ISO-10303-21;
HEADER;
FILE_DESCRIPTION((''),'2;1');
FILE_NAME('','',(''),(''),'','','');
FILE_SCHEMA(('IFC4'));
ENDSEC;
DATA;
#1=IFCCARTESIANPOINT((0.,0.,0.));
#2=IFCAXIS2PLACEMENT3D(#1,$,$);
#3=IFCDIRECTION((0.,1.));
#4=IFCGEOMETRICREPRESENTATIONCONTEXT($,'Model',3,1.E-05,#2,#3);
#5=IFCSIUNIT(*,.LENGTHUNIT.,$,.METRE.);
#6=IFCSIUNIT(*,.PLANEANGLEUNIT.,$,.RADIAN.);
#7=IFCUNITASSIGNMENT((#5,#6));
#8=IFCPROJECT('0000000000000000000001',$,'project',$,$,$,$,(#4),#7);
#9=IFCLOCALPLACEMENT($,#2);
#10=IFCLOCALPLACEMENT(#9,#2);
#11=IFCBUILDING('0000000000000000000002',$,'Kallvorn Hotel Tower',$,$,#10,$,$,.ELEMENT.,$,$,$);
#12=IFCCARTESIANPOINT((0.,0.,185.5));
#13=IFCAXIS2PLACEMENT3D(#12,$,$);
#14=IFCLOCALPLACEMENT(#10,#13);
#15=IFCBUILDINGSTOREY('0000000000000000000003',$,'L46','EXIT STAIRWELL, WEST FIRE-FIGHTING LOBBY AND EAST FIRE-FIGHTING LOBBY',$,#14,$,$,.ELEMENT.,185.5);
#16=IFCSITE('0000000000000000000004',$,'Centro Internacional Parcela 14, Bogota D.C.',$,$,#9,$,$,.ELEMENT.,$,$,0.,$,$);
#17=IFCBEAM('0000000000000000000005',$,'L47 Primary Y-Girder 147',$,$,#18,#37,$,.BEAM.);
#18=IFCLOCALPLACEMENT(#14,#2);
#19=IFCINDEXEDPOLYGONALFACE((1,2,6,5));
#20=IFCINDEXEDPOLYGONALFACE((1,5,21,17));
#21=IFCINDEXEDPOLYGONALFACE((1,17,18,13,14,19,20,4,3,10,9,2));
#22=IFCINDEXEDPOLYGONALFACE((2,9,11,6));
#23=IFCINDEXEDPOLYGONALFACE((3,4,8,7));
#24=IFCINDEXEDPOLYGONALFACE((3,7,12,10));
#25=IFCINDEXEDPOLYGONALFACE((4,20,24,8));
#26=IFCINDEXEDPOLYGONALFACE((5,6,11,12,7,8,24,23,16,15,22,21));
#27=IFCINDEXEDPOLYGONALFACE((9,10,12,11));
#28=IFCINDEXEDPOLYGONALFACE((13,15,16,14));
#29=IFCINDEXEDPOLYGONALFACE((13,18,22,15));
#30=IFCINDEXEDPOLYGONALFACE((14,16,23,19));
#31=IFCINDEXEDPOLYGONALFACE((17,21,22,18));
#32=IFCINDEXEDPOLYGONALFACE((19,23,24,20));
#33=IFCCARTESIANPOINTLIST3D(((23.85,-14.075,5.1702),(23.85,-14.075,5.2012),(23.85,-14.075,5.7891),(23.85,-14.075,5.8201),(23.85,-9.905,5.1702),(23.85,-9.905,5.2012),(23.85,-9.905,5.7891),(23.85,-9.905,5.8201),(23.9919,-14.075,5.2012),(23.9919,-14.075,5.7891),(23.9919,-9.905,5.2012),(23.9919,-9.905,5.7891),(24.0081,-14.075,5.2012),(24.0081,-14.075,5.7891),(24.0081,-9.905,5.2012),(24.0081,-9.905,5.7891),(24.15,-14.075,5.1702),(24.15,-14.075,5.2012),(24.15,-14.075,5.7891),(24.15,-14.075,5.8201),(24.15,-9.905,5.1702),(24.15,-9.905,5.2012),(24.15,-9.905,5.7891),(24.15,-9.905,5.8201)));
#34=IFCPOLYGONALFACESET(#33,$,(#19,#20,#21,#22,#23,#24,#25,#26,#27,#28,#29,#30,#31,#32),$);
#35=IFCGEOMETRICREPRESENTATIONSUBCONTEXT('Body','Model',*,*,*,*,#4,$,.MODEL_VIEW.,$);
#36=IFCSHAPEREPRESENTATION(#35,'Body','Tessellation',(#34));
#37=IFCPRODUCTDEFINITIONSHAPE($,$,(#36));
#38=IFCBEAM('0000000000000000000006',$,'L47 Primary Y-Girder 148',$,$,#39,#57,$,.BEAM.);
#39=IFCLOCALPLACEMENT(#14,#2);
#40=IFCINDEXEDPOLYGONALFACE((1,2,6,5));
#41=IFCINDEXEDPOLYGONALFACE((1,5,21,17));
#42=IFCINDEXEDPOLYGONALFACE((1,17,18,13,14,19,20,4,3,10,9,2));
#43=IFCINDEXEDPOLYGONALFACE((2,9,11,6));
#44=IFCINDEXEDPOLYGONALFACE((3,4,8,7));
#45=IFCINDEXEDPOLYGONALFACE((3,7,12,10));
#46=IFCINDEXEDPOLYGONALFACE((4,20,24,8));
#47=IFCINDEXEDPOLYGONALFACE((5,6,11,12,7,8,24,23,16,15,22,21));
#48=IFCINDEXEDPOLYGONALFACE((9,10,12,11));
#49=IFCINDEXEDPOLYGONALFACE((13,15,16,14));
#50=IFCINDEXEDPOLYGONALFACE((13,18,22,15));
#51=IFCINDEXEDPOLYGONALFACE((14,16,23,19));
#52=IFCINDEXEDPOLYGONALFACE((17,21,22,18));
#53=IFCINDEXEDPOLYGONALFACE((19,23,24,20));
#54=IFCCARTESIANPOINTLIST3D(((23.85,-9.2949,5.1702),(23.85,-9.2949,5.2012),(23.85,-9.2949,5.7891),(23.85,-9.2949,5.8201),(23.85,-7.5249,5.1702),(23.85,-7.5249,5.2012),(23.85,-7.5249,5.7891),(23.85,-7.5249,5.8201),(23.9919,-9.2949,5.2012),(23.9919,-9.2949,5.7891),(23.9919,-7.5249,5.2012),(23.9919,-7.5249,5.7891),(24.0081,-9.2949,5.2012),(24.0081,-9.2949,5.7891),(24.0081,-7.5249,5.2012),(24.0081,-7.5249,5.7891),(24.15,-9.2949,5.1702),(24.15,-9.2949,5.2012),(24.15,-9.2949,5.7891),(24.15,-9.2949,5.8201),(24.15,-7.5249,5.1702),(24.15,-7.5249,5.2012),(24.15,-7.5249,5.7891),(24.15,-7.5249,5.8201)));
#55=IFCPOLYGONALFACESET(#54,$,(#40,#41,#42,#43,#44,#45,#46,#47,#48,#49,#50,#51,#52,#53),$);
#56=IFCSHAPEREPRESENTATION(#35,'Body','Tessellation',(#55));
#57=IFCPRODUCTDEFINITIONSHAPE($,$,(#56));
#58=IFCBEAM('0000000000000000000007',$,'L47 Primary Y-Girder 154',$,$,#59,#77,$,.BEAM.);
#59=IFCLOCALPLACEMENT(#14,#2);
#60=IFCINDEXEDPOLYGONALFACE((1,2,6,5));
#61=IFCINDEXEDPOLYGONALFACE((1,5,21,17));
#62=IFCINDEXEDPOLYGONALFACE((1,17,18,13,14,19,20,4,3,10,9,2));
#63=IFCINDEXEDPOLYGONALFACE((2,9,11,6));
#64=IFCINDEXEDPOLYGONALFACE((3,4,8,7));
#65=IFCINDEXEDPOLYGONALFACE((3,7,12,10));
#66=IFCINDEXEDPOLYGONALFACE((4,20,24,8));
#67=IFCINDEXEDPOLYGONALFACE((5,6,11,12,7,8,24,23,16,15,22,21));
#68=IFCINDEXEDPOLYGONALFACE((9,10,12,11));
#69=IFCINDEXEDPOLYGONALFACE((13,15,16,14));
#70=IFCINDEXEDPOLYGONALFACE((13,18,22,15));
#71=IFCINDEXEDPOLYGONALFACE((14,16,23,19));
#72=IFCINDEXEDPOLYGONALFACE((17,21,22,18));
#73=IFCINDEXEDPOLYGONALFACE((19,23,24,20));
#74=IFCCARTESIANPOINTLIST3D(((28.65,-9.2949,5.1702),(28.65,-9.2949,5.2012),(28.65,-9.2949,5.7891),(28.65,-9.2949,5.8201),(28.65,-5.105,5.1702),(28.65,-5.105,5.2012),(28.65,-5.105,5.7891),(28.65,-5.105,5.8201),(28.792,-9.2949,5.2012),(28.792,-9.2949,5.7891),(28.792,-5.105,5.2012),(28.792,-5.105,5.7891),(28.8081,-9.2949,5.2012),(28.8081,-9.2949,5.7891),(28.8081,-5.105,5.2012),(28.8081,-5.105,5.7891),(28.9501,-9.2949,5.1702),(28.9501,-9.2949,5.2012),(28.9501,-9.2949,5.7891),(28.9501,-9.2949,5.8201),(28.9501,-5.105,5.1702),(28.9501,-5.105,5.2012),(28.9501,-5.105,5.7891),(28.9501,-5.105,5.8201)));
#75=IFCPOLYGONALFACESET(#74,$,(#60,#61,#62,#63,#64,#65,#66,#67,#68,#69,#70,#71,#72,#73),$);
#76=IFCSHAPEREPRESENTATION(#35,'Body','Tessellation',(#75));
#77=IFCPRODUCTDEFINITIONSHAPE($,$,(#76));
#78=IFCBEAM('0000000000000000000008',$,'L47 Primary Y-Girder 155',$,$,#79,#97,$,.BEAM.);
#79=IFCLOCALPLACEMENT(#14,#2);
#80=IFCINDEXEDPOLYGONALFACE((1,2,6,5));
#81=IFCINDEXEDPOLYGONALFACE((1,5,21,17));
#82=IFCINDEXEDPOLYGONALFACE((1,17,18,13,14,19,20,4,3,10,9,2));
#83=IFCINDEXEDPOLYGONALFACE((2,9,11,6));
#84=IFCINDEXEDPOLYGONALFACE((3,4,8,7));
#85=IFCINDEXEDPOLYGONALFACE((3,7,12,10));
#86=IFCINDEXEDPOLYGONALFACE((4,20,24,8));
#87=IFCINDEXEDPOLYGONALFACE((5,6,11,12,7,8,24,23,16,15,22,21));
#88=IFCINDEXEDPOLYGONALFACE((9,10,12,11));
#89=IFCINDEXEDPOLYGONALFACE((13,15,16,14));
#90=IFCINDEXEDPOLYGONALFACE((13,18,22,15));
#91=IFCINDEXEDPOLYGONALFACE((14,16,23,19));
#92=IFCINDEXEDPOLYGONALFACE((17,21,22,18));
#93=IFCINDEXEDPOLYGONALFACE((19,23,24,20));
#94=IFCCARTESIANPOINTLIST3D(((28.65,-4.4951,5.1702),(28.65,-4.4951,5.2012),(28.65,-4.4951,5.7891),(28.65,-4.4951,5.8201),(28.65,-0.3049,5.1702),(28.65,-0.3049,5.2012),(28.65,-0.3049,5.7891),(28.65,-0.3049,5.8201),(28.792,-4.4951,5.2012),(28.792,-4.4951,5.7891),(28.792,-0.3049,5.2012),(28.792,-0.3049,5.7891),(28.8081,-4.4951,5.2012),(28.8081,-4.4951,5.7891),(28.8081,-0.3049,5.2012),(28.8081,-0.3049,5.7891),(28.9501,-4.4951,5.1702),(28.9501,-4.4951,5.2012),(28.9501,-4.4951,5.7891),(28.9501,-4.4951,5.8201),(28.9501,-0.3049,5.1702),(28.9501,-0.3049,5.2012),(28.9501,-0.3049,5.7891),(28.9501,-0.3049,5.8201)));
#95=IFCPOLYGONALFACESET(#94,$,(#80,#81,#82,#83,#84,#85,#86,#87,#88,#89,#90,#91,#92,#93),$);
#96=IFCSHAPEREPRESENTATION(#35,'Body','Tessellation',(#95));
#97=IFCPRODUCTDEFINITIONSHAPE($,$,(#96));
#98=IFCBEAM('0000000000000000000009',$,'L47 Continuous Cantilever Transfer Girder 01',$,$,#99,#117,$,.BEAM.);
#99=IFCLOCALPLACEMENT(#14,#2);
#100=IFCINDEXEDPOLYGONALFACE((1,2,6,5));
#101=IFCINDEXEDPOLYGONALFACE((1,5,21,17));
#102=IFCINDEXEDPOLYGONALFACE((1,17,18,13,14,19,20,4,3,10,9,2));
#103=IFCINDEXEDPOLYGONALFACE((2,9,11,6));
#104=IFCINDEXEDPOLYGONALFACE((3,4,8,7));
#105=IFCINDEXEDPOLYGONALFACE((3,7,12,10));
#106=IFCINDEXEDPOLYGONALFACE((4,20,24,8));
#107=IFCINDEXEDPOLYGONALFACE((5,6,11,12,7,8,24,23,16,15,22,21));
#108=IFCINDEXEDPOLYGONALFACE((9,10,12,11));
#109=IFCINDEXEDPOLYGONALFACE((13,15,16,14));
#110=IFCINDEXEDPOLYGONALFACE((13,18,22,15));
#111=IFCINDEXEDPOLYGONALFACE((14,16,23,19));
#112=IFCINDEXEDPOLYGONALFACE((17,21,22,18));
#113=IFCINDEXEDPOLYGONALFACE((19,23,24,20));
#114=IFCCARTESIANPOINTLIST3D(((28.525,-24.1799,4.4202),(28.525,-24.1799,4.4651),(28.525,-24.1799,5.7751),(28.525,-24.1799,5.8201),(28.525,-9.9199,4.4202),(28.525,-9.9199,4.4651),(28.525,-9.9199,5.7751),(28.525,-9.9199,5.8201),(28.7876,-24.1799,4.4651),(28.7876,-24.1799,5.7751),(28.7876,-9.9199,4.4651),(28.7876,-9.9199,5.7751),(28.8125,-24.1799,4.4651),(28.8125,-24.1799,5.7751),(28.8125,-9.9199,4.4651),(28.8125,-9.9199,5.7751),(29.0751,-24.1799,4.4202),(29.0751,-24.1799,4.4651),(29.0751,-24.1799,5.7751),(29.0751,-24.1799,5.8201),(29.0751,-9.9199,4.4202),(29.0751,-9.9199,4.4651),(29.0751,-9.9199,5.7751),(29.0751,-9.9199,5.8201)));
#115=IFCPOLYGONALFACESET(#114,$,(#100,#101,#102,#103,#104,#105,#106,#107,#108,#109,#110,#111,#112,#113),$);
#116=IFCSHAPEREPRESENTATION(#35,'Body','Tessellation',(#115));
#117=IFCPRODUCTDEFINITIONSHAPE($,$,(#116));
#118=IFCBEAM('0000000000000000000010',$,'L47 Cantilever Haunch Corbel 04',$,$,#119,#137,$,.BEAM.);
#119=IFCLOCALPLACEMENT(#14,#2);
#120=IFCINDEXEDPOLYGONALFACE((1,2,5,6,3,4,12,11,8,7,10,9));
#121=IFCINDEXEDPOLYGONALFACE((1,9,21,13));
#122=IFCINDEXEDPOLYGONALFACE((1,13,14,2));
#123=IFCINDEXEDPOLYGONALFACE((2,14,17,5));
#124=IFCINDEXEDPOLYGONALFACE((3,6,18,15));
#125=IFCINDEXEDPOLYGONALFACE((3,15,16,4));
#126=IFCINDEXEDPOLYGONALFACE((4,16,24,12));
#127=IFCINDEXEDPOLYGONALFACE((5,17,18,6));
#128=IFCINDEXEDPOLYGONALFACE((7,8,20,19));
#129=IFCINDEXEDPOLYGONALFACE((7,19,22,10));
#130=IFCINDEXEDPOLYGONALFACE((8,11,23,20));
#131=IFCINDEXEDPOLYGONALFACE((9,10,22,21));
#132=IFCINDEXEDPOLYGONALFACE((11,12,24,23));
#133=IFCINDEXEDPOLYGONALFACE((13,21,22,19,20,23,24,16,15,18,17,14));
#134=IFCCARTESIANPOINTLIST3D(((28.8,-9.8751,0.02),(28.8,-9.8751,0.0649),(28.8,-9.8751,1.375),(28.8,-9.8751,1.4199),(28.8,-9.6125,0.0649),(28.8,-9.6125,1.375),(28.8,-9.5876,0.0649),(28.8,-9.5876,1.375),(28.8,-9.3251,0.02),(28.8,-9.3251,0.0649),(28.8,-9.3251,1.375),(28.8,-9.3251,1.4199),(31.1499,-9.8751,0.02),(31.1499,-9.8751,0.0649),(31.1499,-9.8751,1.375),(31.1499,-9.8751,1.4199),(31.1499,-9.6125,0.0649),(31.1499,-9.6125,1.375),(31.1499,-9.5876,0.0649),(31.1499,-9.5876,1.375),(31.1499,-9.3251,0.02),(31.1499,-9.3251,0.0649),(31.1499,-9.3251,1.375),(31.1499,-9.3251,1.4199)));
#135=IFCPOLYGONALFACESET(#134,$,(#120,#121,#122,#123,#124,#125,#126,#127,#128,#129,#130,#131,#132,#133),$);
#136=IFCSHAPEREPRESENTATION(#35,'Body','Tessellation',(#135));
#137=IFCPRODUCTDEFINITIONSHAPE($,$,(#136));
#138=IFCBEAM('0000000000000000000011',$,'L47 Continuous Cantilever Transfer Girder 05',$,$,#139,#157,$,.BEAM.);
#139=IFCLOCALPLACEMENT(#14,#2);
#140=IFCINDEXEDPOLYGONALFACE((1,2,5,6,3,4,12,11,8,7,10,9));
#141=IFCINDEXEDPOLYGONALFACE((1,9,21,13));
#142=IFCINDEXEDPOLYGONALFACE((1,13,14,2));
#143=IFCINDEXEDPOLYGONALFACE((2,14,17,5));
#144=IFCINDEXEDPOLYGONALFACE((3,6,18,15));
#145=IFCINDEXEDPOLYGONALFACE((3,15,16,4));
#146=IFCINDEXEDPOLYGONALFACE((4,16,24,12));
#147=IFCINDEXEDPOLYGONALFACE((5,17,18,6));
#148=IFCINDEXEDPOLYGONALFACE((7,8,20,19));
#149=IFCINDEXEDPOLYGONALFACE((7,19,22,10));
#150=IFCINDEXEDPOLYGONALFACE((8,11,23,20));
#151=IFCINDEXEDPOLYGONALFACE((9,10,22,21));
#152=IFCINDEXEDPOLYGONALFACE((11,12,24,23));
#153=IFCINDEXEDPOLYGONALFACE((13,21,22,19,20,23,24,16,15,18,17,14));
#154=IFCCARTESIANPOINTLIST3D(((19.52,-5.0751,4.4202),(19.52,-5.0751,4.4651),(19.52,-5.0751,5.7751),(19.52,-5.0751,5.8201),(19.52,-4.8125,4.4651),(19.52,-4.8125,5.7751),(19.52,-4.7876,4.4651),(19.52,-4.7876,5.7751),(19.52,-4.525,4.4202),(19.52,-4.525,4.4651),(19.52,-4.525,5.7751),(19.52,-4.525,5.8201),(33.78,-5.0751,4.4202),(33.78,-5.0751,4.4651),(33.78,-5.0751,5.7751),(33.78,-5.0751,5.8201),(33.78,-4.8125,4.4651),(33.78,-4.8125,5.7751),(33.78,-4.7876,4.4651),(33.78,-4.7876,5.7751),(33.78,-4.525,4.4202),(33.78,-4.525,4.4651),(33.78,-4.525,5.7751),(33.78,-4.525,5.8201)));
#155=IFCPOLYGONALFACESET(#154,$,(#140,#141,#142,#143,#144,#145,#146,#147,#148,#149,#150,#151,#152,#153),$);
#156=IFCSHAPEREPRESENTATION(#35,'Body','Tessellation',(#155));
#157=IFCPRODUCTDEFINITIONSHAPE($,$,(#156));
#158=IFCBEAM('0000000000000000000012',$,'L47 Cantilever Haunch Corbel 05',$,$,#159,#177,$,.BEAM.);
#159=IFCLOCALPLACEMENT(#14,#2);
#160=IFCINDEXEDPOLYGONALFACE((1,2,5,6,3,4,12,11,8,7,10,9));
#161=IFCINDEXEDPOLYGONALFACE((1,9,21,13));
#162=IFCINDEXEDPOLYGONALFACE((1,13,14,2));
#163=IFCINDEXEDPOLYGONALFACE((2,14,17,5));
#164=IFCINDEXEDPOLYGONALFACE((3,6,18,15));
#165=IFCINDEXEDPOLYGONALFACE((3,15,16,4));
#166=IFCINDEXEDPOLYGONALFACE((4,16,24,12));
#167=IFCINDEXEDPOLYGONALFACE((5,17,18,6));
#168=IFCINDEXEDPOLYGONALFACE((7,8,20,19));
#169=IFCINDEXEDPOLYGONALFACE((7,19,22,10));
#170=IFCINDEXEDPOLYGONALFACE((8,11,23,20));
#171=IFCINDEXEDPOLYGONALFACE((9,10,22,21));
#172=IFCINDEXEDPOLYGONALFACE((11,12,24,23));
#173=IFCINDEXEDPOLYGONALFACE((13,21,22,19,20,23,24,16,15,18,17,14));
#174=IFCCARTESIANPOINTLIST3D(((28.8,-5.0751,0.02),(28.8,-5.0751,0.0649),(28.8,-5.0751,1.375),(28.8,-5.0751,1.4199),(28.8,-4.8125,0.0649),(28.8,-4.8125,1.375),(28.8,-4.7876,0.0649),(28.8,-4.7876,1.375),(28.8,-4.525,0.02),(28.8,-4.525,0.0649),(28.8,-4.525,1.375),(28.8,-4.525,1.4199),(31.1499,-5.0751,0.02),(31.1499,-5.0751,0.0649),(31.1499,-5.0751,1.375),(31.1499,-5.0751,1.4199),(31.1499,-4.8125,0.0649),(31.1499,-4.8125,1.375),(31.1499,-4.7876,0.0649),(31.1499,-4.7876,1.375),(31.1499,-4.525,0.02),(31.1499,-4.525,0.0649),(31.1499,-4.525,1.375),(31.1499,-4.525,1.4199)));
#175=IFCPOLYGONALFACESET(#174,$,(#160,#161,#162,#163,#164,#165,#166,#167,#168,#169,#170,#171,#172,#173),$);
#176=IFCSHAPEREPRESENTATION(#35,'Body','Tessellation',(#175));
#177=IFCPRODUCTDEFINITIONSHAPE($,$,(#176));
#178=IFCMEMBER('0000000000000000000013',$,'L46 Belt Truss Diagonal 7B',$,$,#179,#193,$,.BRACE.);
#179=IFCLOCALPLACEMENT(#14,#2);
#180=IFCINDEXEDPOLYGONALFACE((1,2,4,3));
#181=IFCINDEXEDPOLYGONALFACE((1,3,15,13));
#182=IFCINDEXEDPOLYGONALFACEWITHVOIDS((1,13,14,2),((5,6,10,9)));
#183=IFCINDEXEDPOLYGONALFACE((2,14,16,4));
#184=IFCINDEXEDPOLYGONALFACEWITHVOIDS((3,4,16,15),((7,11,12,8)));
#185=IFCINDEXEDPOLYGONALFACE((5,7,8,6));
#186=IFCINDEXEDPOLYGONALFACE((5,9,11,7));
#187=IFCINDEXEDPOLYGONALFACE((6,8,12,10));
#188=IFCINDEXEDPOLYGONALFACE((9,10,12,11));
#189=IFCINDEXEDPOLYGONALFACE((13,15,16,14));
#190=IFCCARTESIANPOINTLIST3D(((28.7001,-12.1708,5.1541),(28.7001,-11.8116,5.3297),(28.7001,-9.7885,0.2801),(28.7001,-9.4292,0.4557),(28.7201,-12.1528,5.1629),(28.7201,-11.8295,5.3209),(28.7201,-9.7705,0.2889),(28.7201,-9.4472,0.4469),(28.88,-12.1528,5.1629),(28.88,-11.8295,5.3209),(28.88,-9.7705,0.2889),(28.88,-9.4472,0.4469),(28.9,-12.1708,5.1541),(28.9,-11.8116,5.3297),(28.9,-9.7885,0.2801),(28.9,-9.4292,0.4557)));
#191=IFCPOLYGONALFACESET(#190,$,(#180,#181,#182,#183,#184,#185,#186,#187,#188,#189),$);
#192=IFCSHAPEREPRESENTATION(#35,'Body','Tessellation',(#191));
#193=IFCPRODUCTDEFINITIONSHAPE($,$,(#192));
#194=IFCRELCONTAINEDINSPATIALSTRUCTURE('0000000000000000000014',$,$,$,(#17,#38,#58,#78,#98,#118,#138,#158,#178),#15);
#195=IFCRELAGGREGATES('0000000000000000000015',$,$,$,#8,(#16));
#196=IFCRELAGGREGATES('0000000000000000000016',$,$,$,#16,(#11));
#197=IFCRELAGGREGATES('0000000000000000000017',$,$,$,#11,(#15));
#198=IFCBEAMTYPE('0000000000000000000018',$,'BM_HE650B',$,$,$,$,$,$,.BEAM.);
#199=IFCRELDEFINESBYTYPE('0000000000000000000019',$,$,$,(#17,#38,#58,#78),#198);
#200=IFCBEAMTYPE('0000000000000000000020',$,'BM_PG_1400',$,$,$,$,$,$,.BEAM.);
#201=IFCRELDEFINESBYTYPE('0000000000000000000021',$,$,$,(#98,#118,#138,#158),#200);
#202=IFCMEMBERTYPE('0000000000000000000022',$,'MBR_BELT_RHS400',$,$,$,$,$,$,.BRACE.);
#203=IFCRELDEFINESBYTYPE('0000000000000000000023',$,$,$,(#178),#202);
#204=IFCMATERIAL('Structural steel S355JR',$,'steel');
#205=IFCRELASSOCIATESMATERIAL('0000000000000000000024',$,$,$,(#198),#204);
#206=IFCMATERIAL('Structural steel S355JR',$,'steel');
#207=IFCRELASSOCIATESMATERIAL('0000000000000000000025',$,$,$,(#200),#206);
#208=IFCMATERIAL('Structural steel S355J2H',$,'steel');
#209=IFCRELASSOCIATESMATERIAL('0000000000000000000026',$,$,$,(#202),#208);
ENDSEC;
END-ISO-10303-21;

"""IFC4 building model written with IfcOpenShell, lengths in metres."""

from ifc_helpers import new_model, si_unit, direction, frame, origin, origin_2d, place, context, subcontext, project, spatial, hollow_rectangle, i_section, extrude, material, material_profile, profile_set, type_object, element, save


model = new_model("IFC4")

# Units and contexts
model_context = context("Model", 3, precision=1e-05, world=origin(), true_north=direction((0.0, 1.0)))
body_context = subcontext(model_context, "Body", "Model", "MODEL_VIEW")
ifc_project = project(units=[si_unit("LENGTHUNIT", "METRE"), si_unit("PLANEANGLEUNIT", "RADIAN")], contexts=[model_context])

# Site, building, storey
site_placement = place(None, origin())
site = spatial("IfcSite", under=ifc_project, at=site_placement, Name="Centro Internacional Parcela 14, Bogota D.C.", CompositionType="ELEMENT", RefElevation=0.0)
building_placement = place(site_placement, origin())
building = spatial("IfcBuilding", under=site, at=building_placement, Name="Kallvorn Hotel Tower", CompositionType="ELEMENT")
storey_placement = place(building_placement, frame((0.0, 0.0, 185.5)))
storey = spatial("IfcBuildingStorey", under=building, at=storey_placement, Name="L46", Description="EXIT STAIRWELL, WEST FIRE-FIGHTING LOBBY AND EAST FIRE-FIGHTING LOBBY", CompositionType="ELEMENT", Elevation=185.5)

# Beams
ifc_material_1 = material(Name="Structural steel S355JR", Category="steel")
ifc_material_profile_1 = material_profile(ifc_material_1, i_section(OverallWidth=0.3, OverallDepth=0.6499, WebThickness=0.0161, FlangeThickness=0.031, at=origin_2d()), Name="HE 650 B")
ifc_profile_set_1 = profile_set([ifc_material_profile_1], Name="Structural steel S355JR")
beam_type_1 = type_object("IfcBeamType", Name="BM_HE650B", PredefinedType="BEAM", material=ifc_profile_set_1)
beam_1_placement = place(storey_placement, frame((24.0, -14.075, 5.4951), z_axis=(0.0, 1.0, 0.0), x_axis=(-1.0, 0.0, 0.0)))
element("IfcBeam", 1, at=beam_1_placement, inside=storey, type_object=beam_type_1, Name="L47 Primary Y-Girder 147", PredefinedType="BEAM", context=body_context, shape_type="SweptSolid", body=[
    extrude(i_section(OverallWidth=0.3, OverallDepth=0.6499, WebThickness=0.0161, FlangeThickness=0.031, at=origin_2d()), origin(), (0.0, 0.0, 1.0), 4.1699),
])
beam_2_placement = place(storey_placement, frame((24.0, -9.2949, 5.4951), z_axis=(0.0, 1.0, 0.0), x_axis=(-1.0, 0.0, 0.0)))
element("IfcBeam", 2, at=beam_2_placement, inside=storey, type_object=beam_type_1, Name="L47 Primary Y-Girder 148", PredefinedType="BEAM", context=body_context, shape_type="SweptSolid", body=[
    extrude(i_section(OverallWidth=0.3, OverallDepth=0.6499, WebThickness=0.0161, FlangeThickness=0.031, at=origin_2d()), origin(), (0.0, 0.0, 1.0), 1.77),
])
beam_3_placement = place(storey_placement, frame((28.8, -9.2949, 5.4951), z_axis=(0.0, 1.0, 0.0), x_axis=(-1.0, 0.0, 0.0)))
element("IfcBeam", 3, at=beam_3_placement, inside=storey, type_object=beam_type_1, Name="L47 Primary Y-Girder 154", PredefinedType="BEAM", context=body_context, shape_type="SweptSolid", body=[
    extrude(i_section(OverallWidth=0.3, OverallDepth=0.6499, WebThickness=0.0161, FlangeThickness=0.031, at=origin_2d()), origin(), (0.0, 0.0, 1.0), 4.1899),
])
beam_4_placement = place(storey_placement, frame((28.8, -4.4951, 5.4951), z_axis=(0.0, 1.0, 0.0), x_axis=(-1.0, 0.0, 0.0)))
element("IfcBeam", 4, at=beam_4_placement, inside=storey, type_object=beam_type_1, Name="L47 Primary Y-Girder 155", PredefinedType="BEAM", context=body_context, shape_type="SweptSolid", body=[
    extrude(i_section(OverallWidth=0.3, OverallDepth=0.6499, WebThickness=0.0161, FlangeThickness=0.031, at=origin_2d()), origin(), (0.0, 0.0, 1.0), 4.1902),
])
ifc_material_2 = material(Name="Structural steel S355JR", Category="steel")
ifc_material_profile_2 = material_profile(ifc_material_2, i_section(OverallWidth=0.55, OverallDepth=1.3999, WebThickness=0.0249, FlangeThickness=0.0449, at=origin_2d()), Name="PG 1400x550x25x45")
ifc_profile_set_2 = profile_set([ifc_material_profile_2], Name="Structural steel S355JR")
beam_type_2 = type_object("IfcBeamType", Name="BM_PG_1400", PredefinedType="BEAM", material=ifc_profile_set_2)
beam_5_placement = place(storey_placement, frame((28.8, -9.9199, 5.1201), z_axis=(0.0, -1.0, 0.0), x_axis=(1.0, 0.0, 0.0)))
element("IfcBeam", 5, at=beam_5_placement, inside=storey, type_object=beam_type_2, Name="L47 Continuous Cantilever Transfer Girder 01", PredefinedType="BEAM", context=body_context, shape_type="SweptSolid", body=[
    extrude(i_section(OverallWidth=0.55, OverallDepth=1.3999, WebThickness=0.0249, FlangeThickness=0.0449, at=origin_2d()), origin(), (0.0, 0.0, 1.0), 14.26),
])
beam_6_placement = place(storey_placement, frame((28.8, -9.6001, 0.72), z_axis=(1.0, 0.0, 0.0), x_axis=(0.0, 1.0, 0.0)))
element("IfcBeam", 6, at=beam_6_placement, inside=storey, type_object=beam_type_2, Name="L47 Cantilever Haunch Corbel 04", PredefinedType="BEAM", context=body_context, shape_type="SweptSolid", body=[
    extrude(i_section(OverallWidth=0.55, OverallDepth=1.3999, WebThickness=0.0249, FlangeThickness=0.0449, at=origin_2d()), origin(), (0.0, 0.0, 1.0), 2.3499),
])
beam_7_placement = place(storey_placement, frame((19.52, -4.8, 5.1201), z_axis=(1.0, 0.0, 0.0), x_axis=(0.0, 1.0, 0.0)))
element("IfcBeam", 7, at=beam_7_placement, inside=storey, type_object=beam_type_2, Name="L47 Continuous Cantilever Transfer Girder 05", PredefinedType="BEAM", context=body_context, shape_type="SweptSolid", body=[
    extrude(i_section(OverallWidth=0.55, OverallDepth=1.3999, WebThickness=0.0249, FlangeThickness=0.0449, at=origin_2d()), origin(), (0.0, 0.0, 1.0), 14.26),
])
beam_8_placement = place(storey_placement, frame((28.8, -4.8, 0.72), z_axis=(1.0, 0.0, 0.0), x_axis=(0.0, 1.0, 0.0)))
element("IfcBeam", 8, at=beam_8_placement, inside=storey, type_object=beam_type_2, Name="L47 Cantilever Haunch Corbel 05", PredefinedType="BEAM", context=body_context, shape_type="SweptSolid", body=[
    extrude(i_section(OverallWidth=0.55, OverallDepth=1.3999, WebThickness=0.0249, FlangeThickness=0.0449, at=origin_2d()), origin(), (0.0, 0.0, 1.0), 2.3499),
])

# Member
ifc_material_3 = material(Name="Structural steel S355J2H", Category="steel")
ifc_material_profile_3 = material_profile(ifc_material_3, hollow_rectangle(XDim=0.2, YDim=0.3999, WallThickness=0.02, at=origin_2d()), Name="RHS 400x200x20")
ifc_profile_set_3 = profile_set([ifc_material_profile_3], Name="Structural steel S355J2H")
member_type_1 = type_object("IfcMemberType", Name="MBR_BELT_RHS400", PredefinedType="BRACE", material=ifc_profile_set_3)
member_1_placement = place(storey_placement, frame((28.8, -9.6089, 0.3679), z_axis=(0.0, -0.439131, 0.898423), x_axis=(1.0, 0.0, 0.0)))
element("IfcMember", 9, at=member_1_placement, inside=storey, type_object=member_type_1, Name="L46 Belt Truss Diagonal 7B", PredefinedType="BRACE", context=body_context, shape_type="SweptSolid", body=[
    extrude(hollow_rectangle(XDim=0.2, YDim=0.3999, WallThickness=0.02, at=origin_2d()), origin(), (0.0, 0.0, 1.0), 5.425),
])

save(model, "model.ifc")
